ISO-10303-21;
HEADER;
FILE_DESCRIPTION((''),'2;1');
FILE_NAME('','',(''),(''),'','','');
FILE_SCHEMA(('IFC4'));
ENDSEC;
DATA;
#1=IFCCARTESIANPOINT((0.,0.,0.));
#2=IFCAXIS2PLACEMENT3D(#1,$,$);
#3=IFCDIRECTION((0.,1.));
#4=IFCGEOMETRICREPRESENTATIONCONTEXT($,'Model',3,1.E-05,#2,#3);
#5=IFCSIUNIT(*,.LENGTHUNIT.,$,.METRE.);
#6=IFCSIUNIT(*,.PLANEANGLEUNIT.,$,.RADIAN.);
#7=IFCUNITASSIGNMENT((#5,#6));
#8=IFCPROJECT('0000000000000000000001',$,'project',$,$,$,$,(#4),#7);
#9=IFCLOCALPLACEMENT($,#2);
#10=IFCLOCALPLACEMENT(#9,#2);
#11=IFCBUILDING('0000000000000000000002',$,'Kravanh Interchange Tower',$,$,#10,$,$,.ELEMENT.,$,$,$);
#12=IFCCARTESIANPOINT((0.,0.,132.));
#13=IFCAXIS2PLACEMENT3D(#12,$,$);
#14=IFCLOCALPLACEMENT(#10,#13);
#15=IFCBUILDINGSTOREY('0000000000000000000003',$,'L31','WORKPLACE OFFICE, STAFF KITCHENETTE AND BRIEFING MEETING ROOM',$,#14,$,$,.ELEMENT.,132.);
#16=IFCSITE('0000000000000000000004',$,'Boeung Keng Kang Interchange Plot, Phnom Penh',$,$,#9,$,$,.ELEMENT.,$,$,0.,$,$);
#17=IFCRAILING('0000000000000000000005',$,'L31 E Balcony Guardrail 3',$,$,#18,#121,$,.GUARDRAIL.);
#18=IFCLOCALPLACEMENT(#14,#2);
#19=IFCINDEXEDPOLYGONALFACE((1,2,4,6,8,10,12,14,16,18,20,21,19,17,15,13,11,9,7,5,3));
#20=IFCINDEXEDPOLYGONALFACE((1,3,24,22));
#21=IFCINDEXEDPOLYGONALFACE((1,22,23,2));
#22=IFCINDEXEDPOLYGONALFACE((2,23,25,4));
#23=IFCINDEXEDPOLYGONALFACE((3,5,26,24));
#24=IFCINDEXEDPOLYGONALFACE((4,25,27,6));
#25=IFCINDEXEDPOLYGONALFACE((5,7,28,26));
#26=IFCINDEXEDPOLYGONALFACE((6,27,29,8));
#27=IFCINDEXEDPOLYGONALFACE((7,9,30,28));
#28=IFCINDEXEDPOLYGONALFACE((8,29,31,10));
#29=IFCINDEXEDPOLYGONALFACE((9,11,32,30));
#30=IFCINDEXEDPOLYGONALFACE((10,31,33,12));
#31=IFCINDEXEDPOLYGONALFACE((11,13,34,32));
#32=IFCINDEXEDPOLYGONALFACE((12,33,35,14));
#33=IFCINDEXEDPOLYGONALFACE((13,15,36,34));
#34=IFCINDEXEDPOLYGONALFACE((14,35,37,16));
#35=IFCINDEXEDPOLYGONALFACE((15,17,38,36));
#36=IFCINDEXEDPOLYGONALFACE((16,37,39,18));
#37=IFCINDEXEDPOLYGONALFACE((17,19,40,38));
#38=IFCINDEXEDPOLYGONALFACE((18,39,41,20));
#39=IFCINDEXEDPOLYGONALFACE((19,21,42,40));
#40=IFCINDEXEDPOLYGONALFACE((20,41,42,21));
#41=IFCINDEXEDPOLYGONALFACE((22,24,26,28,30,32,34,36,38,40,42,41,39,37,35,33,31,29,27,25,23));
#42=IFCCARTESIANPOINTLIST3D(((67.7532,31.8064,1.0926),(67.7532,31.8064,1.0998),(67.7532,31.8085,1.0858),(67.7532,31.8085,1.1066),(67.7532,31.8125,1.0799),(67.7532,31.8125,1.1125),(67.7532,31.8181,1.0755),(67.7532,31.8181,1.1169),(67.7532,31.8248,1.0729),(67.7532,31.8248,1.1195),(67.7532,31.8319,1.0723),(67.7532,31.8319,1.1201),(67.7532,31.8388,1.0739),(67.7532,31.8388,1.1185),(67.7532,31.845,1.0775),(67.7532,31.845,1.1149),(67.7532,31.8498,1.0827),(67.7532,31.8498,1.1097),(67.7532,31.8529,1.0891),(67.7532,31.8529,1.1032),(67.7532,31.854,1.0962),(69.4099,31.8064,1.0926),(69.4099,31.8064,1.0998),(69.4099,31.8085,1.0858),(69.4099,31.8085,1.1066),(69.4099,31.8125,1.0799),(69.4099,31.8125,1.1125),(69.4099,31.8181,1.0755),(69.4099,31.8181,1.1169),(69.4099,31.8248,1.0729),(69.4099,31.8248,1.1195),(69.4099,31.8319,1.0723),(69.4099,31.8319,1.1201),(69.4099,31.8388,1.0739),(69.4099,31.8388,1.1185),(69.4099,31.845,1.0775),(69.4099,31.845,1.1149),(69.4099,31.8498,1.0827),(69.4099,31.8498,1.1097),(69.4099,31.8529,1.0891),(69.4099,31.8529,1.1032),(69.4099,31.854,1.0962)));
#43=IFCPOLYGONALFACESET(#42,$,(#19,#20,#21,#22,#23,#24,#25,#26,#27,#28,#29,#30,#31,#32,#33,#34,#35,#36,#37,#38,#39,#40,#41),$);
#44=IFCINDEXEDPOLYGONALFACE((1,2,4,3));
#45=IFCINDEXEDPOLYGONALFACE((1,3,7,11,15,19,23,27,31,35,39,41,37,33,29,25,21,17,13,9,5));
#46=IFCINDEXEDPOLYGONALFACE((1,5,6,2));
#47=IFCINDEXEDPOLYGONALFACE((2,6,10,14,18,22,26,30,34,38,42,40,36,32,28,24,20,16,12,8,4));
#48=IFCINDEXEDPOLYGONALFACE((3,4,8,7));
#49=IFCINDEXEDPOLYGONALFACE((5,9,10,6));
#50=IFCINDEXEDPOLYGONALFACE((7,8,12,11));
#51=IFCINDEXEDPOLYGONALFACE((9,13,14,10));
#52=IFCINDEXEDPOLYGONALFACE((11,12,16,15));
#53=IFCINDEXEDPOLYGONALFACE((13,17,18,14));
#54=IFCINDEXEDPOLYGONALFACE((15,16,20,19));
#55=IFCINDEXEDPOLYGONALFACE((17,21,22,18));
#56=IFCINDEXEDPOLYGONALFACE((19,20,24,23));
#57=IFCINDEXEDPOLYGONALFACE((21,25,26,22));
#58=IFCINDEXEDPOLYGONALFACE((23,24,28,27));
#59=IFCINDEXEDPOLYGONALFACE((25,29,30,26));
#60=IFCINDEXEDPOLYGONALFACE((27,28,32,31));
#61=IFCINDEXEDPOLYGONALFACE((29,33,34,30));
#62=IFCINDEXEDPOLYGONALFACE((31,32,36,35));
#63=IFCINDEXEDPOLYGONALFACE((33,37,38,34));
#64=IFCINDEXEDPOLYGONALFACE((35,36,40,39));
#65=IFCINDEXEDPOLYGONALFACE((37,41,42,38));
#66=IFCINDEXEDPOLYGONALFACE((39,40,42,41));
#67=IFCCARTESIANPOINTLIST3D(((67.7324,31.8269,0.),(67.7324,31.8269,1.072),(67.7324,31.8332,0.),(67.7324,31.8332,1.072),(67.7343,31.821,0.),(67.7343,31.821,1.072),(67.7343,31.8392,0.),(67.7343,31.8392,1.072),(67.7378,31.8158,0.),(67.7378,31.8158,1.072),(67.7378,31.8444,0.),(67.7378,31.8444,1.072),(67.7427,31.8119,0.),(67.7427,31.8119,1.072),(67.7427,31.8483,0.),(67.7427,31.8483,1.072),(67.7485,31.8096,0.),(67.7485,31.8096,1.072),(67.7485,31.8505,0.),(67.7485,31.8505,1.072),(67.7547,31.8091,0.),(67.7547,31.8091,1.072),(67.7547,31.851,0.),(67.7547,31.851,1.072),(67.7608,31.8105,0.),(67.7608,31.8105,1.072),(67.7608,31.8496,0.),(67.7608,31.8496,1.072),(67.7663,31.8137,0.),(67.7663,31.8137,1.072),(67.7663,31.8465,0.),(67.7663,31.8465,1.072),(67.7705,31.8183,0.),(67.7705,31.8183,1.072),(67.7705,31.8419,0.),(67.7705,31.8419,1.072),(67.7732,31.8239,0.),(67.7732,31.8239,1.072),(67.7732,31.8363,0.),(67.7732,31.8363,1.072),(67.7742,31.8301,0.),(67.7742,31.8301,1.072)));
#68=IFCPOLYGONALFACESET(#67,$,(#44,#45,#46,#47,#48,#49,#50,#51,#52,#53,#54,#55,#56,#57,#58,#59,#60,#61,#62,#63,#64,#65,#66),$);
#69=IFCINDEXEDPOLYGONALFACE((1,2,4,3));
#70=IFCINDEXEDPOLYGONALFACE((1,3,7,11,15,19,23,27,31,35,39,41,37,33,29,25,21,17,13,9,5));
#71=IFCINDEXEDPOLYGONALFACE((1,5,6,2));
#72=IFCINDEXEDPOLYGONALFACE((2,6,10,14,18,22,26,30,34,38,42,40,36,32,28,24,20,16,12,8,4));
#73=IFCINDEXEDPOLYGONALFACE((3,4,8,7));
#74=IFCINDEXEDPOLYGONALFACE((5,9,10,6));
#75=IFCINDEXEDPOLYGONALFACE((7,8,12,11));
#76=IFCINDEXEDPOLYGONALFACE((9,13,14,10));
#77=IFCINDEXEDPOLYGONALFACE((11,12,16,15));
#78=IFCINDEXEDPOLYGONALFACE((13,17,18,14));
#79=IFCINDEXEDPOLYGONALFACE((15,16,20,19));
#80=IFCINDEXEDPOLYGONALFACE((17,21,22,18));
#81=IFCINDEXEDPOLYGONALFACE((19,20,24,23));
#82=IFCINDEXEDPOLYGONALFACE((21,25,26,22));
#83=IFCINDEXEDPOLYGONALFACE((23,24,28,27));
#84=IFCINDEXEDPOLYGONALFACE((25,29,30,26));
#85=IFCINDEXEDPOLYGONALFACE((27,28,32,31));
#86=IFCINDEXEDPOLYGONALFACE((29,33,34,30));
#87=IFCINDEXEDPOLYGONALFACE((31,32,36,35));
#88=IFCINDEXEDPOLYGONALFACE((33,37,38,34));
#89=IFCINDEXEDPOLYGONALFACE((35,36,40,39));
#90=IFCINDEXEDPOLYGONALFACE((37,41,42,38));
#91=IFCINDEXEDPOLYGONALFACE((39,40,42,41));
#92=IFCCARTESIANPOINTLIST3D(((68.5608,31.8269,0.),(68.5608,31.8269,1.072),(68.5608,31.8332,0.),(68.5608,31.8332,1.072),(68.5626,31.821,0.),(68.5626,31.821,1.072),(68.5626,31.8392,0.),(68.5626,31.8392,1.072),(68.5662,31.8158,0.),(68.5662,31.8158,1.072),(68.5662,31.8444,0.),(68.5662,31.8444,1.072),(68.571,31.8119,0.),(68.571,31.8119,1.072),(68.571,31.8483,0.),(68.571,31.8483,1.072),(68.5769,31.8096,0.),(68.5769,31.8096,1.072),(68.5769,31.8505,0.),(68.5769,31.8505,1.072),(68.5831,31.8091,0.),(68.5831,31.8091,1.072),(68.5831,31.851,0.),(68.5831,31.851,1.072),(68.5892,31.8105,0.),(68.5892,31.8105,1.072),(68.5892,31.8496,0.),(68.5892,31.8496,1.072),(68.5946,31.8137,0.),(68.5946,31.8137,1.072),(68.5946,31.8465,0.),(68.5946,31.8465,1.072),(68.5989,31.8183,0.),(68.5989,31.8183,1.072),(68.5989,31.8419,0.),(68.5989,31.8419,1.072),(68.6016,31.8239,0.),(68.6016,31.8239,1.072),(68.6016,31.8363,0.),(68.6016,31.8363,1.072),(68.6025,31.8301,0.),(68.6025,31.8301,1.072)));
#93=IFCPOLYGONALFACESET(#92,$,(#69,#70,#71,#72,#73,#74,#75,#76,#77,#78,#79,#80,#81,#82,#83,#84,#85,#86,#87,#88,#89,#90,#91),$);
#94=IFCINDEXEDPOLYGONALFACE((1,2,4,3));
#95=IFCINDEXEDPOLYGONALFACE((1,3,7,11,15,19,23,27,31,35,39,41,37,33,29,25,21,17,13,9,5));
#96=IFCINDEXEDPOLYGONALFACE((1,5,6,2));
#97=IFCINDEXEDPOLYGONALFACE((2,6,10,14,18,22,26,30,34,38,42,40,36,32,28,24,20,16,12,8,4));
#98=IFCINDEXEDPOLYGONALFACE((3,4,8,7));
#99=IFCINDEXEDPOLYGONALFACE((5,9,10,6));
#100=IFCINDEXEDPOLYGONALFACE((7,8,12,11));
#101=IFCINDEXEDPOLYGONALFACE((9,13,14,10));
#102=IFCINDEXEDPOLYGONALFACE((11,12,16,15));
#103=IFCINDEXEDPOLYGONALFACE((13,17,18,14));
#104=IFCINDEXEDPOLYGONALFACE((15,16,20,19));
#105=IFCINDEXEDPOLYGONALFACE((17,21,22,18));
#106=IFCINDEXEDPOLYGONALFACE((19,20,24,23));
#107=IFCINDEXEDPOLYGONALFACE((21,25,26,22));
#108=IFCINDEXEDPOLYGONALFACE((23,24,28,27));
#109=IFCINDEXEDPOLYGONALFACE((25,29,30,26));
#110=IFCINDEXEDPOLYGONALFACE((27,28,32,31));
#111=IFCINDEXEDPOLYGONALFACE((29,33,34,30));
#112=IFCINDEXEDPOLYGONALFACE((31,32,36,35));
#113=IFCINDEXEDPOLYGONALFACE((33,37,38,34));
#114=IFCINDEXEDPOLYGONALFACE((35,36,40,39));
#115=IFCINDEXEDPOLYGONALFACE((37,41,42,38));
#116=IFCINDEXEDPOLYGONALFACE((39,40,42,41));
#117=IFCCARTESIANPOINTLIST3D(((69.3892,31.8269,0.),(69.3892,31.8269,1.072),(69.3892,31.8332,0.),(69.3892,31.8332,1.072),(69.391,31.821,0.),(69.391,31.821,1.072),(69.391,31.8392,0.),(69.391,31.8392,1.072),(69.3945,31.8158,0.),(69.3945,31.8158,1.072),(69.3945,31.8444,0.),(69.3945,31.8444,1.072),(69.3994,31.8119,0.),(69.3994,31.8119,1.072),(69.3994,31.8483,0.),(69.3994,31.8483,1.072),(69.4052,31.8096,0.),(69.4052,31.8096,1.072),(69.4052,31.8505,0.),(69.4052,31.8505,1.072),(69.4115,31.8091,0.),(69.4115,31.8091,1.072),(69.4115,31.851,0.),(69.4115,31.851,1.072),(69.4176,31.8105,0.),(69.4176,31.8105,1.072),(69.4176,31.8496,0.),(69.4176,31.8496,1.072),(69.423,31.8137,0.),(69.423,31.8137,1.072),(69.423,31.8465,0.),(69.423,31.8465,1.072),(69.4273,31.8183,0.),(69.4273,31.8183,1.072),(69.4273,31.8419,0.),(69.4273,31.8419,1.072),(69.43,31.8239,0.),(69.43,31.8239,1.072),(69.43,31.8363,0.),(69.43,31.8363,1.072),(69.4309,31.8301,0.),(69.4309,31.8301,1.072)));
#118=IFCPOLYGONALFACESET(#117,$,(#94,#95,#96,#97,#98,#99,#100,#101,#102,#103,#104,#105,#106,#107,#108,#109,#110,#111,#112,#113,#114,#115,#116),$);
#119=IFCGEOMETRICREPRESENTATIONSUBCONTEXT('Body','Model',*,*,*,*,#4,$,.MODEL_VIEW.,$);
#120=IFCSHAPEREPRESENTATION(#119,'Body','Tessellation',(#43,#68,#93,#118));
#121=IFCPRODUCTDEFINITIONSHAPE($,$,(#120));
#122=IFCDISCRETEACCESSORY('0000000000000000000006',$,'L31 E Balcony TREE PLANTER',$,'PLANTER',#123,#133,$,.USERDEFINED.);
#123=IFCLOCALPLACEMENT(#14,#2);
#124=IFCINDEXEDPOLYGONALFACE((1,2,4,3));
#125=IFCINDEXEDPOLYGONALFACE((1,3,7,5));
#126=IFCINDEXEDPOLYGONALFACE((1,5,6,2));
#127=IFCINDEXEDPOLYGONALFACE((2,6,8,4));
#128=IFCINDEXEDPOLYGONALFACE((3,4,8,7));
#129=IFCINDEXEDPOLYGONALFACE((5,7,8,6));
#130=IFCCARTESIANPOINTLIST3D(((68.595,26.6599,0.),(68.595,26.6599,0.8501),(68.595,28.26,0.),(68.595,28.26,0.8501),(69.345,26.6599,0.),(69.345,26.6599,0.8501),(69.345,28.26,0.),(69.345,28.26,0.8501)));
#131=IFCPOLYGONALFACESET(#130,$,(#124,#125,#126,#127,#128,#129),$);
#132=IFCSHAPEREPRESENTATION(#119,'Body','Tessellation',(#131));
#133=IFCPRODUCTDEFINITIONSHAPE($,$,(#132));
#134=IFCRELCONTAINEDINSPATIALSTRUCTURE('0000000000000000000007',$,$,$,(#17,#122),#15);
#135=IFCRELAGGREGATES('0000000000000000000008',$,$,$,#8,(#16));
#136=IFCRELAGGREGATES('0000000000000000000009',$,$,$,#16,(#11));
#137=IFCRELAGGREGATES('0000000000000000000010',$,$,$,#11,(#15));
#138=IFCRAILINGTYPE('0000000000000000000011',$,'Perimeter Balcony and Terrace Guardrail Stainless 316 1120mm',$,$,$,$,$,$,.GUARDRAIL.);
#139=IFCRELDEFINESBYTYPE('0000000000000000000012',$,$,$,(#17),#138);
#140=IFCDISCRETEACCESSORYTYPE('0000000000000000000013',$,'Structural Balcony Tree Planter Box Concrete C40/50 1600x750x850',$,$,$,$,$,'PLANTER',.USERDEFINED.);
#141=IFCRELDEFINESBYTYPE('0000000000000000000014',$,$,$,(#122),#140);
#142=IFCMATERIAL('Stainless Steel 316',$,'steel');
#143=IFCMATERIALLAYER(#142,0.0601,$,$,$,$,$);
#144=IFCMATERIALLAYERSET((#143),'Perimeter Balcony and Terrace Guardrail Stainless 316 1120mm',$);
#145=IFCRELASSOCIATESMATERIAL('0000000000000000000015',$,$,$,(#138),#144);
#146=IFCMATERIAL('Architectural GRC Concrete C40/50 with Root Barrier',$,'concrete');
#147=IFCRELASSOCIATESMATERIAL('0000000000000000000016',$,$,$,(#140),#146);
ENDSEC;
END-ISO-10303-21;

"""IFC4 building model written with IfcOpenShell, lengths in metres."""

from ifc_helpers import new_model, si_unit, direction, frame, origin, origin_2d, place, context, subcontext, project, spatial, rectangle, circle, extrude, material, layer, layer_set, type_object, element, save


model = new_model("IFC4")

# Units and contexts
model_context = context("Model", 3, precision=1e-05, world=origin(), true_north=direction((0.0, 1.0)))
body_context = subcontext(model_context, "Body", "Model", "MODEL_VIEW")
ifc_project = project(units=[si_unit("LENGTHUNIT", "METRE"), si_unit("PLANEANGLEUNIT", "RADIAN")], contexts=[model_context])

# Site, building, storey
site_placement = place(None, origin())
site = spatial("IfcSite", under=ifc_project, at=site_placement, Name="Boeung Keng Kang Interchange Plot, Phnom Penh", CompositionType="ELEMENT", RefElevation=0.0)
building_placement = place(site_placement, origin())
building = spatial("IfcBuilding", under=site, at=building_placement, Name="Kravanh Interchange Tower", CompositionType="ELEMENT")
storey_placement = place(building_placement, frame((0.0, 0.0, 132.0)))
storey = spatial("IfcBuildingStorey", under=building, at=storey_placement, Name="L31", Description="WORKPLACE OFFICE, STAFF KITCHENETTE AND BRIEFING MEETING ROOM", CompositionType="ELEMENT", Elevation=132.0)

# Railing
ifc_material_1 = material(Name="Stainless Steel 316", Category="steel")
ifc_layer_1 = layer(ifc_material_1, 0.0601)
ifc_layer_set_1 = layer_set([ifc_layer_1], Name="Perimeter Balcony and Terrace Guardrail Stainless 316 1120mm")
railing_type = type_object("IfcRailingType", Name="Perimeter Balcony and Terrace Guardrail Stainless 316 1120mm", PredefinedType="GUARDRAIL", material=ifc_layer_set_1)
railing_1_placement = place(storey_placement, frame((67.7532, 31.8301, 0.0)))
element("IfcRailing", 1, at=railing_1_placement, inside=storey, type_object=railing_type, Name="L31 E Balcony Guardrail 3", PredefinedType="GUARDRAIL", context=body_context, shape_type="SweptSolid", body=[
    extrude(circle(Radius=0.0239, at=origin_2d()), frame((0.0, 0.0, 1.0962), z_axis=(1.0, 0.0, 0.0), x_axis=(0.0, 1.0, 0.0)), (0.0, 0.0, 1.0), 1.6567),
    extrude(circle(Radius=0.021, at=origin_2d()), origin(), (0.0, 0.0, 1.0), 1.072),
    extrude(circle(Radius=0.021, at=origin_2d()), frame((0.8284, 0.0, 0.0)), (0.0, 0.0, 1.0), 1.072),
    extrude(circle(Radius=0.021, at=origin_2d()), frame((1.6567, 0.0, 0.0)), (0.0, 0.0, 1.0), 1.072),
])

# Discrete accessory
ifc_material_2 = material(Name="Architectural GRC Concrete C40/50 with Root Barrier", Category="concrete")
discrete_accessory_type = type_object("IfcDiscreteAccessoryType", Name="Structural Balcony Tree Planter Box Concrete C40/50 1600x750x850", ElementType="PLANTER", PredefinedType="USERDEFINED", material=ifc_material_2)
discrete_accessory_placement = place(storey_placement, frame((68.97, 27.46, 0.0), z_axis=(0.0, 0.0, 1.0), x_axis=(1.0, 0.0, 0.0)))
element("IfcDiscreteAccessory", 2, at=discrete_accessory_placement, inside=storey, type_object=discrete_accessory_type, Name="L31 E Balcony TREE PLANTER", ObjectType="PLANTER", PredefinedType="USERDEFINED", context=body_context, shape_type="SweptSolid", body=[
    extrude(rectangle(XDim=0.75, YDim=1.6001, at=origin_2d()), origin(), (0.0, 0.0, 1.0), 0.8501),
])

save(model, "model.ifc")
